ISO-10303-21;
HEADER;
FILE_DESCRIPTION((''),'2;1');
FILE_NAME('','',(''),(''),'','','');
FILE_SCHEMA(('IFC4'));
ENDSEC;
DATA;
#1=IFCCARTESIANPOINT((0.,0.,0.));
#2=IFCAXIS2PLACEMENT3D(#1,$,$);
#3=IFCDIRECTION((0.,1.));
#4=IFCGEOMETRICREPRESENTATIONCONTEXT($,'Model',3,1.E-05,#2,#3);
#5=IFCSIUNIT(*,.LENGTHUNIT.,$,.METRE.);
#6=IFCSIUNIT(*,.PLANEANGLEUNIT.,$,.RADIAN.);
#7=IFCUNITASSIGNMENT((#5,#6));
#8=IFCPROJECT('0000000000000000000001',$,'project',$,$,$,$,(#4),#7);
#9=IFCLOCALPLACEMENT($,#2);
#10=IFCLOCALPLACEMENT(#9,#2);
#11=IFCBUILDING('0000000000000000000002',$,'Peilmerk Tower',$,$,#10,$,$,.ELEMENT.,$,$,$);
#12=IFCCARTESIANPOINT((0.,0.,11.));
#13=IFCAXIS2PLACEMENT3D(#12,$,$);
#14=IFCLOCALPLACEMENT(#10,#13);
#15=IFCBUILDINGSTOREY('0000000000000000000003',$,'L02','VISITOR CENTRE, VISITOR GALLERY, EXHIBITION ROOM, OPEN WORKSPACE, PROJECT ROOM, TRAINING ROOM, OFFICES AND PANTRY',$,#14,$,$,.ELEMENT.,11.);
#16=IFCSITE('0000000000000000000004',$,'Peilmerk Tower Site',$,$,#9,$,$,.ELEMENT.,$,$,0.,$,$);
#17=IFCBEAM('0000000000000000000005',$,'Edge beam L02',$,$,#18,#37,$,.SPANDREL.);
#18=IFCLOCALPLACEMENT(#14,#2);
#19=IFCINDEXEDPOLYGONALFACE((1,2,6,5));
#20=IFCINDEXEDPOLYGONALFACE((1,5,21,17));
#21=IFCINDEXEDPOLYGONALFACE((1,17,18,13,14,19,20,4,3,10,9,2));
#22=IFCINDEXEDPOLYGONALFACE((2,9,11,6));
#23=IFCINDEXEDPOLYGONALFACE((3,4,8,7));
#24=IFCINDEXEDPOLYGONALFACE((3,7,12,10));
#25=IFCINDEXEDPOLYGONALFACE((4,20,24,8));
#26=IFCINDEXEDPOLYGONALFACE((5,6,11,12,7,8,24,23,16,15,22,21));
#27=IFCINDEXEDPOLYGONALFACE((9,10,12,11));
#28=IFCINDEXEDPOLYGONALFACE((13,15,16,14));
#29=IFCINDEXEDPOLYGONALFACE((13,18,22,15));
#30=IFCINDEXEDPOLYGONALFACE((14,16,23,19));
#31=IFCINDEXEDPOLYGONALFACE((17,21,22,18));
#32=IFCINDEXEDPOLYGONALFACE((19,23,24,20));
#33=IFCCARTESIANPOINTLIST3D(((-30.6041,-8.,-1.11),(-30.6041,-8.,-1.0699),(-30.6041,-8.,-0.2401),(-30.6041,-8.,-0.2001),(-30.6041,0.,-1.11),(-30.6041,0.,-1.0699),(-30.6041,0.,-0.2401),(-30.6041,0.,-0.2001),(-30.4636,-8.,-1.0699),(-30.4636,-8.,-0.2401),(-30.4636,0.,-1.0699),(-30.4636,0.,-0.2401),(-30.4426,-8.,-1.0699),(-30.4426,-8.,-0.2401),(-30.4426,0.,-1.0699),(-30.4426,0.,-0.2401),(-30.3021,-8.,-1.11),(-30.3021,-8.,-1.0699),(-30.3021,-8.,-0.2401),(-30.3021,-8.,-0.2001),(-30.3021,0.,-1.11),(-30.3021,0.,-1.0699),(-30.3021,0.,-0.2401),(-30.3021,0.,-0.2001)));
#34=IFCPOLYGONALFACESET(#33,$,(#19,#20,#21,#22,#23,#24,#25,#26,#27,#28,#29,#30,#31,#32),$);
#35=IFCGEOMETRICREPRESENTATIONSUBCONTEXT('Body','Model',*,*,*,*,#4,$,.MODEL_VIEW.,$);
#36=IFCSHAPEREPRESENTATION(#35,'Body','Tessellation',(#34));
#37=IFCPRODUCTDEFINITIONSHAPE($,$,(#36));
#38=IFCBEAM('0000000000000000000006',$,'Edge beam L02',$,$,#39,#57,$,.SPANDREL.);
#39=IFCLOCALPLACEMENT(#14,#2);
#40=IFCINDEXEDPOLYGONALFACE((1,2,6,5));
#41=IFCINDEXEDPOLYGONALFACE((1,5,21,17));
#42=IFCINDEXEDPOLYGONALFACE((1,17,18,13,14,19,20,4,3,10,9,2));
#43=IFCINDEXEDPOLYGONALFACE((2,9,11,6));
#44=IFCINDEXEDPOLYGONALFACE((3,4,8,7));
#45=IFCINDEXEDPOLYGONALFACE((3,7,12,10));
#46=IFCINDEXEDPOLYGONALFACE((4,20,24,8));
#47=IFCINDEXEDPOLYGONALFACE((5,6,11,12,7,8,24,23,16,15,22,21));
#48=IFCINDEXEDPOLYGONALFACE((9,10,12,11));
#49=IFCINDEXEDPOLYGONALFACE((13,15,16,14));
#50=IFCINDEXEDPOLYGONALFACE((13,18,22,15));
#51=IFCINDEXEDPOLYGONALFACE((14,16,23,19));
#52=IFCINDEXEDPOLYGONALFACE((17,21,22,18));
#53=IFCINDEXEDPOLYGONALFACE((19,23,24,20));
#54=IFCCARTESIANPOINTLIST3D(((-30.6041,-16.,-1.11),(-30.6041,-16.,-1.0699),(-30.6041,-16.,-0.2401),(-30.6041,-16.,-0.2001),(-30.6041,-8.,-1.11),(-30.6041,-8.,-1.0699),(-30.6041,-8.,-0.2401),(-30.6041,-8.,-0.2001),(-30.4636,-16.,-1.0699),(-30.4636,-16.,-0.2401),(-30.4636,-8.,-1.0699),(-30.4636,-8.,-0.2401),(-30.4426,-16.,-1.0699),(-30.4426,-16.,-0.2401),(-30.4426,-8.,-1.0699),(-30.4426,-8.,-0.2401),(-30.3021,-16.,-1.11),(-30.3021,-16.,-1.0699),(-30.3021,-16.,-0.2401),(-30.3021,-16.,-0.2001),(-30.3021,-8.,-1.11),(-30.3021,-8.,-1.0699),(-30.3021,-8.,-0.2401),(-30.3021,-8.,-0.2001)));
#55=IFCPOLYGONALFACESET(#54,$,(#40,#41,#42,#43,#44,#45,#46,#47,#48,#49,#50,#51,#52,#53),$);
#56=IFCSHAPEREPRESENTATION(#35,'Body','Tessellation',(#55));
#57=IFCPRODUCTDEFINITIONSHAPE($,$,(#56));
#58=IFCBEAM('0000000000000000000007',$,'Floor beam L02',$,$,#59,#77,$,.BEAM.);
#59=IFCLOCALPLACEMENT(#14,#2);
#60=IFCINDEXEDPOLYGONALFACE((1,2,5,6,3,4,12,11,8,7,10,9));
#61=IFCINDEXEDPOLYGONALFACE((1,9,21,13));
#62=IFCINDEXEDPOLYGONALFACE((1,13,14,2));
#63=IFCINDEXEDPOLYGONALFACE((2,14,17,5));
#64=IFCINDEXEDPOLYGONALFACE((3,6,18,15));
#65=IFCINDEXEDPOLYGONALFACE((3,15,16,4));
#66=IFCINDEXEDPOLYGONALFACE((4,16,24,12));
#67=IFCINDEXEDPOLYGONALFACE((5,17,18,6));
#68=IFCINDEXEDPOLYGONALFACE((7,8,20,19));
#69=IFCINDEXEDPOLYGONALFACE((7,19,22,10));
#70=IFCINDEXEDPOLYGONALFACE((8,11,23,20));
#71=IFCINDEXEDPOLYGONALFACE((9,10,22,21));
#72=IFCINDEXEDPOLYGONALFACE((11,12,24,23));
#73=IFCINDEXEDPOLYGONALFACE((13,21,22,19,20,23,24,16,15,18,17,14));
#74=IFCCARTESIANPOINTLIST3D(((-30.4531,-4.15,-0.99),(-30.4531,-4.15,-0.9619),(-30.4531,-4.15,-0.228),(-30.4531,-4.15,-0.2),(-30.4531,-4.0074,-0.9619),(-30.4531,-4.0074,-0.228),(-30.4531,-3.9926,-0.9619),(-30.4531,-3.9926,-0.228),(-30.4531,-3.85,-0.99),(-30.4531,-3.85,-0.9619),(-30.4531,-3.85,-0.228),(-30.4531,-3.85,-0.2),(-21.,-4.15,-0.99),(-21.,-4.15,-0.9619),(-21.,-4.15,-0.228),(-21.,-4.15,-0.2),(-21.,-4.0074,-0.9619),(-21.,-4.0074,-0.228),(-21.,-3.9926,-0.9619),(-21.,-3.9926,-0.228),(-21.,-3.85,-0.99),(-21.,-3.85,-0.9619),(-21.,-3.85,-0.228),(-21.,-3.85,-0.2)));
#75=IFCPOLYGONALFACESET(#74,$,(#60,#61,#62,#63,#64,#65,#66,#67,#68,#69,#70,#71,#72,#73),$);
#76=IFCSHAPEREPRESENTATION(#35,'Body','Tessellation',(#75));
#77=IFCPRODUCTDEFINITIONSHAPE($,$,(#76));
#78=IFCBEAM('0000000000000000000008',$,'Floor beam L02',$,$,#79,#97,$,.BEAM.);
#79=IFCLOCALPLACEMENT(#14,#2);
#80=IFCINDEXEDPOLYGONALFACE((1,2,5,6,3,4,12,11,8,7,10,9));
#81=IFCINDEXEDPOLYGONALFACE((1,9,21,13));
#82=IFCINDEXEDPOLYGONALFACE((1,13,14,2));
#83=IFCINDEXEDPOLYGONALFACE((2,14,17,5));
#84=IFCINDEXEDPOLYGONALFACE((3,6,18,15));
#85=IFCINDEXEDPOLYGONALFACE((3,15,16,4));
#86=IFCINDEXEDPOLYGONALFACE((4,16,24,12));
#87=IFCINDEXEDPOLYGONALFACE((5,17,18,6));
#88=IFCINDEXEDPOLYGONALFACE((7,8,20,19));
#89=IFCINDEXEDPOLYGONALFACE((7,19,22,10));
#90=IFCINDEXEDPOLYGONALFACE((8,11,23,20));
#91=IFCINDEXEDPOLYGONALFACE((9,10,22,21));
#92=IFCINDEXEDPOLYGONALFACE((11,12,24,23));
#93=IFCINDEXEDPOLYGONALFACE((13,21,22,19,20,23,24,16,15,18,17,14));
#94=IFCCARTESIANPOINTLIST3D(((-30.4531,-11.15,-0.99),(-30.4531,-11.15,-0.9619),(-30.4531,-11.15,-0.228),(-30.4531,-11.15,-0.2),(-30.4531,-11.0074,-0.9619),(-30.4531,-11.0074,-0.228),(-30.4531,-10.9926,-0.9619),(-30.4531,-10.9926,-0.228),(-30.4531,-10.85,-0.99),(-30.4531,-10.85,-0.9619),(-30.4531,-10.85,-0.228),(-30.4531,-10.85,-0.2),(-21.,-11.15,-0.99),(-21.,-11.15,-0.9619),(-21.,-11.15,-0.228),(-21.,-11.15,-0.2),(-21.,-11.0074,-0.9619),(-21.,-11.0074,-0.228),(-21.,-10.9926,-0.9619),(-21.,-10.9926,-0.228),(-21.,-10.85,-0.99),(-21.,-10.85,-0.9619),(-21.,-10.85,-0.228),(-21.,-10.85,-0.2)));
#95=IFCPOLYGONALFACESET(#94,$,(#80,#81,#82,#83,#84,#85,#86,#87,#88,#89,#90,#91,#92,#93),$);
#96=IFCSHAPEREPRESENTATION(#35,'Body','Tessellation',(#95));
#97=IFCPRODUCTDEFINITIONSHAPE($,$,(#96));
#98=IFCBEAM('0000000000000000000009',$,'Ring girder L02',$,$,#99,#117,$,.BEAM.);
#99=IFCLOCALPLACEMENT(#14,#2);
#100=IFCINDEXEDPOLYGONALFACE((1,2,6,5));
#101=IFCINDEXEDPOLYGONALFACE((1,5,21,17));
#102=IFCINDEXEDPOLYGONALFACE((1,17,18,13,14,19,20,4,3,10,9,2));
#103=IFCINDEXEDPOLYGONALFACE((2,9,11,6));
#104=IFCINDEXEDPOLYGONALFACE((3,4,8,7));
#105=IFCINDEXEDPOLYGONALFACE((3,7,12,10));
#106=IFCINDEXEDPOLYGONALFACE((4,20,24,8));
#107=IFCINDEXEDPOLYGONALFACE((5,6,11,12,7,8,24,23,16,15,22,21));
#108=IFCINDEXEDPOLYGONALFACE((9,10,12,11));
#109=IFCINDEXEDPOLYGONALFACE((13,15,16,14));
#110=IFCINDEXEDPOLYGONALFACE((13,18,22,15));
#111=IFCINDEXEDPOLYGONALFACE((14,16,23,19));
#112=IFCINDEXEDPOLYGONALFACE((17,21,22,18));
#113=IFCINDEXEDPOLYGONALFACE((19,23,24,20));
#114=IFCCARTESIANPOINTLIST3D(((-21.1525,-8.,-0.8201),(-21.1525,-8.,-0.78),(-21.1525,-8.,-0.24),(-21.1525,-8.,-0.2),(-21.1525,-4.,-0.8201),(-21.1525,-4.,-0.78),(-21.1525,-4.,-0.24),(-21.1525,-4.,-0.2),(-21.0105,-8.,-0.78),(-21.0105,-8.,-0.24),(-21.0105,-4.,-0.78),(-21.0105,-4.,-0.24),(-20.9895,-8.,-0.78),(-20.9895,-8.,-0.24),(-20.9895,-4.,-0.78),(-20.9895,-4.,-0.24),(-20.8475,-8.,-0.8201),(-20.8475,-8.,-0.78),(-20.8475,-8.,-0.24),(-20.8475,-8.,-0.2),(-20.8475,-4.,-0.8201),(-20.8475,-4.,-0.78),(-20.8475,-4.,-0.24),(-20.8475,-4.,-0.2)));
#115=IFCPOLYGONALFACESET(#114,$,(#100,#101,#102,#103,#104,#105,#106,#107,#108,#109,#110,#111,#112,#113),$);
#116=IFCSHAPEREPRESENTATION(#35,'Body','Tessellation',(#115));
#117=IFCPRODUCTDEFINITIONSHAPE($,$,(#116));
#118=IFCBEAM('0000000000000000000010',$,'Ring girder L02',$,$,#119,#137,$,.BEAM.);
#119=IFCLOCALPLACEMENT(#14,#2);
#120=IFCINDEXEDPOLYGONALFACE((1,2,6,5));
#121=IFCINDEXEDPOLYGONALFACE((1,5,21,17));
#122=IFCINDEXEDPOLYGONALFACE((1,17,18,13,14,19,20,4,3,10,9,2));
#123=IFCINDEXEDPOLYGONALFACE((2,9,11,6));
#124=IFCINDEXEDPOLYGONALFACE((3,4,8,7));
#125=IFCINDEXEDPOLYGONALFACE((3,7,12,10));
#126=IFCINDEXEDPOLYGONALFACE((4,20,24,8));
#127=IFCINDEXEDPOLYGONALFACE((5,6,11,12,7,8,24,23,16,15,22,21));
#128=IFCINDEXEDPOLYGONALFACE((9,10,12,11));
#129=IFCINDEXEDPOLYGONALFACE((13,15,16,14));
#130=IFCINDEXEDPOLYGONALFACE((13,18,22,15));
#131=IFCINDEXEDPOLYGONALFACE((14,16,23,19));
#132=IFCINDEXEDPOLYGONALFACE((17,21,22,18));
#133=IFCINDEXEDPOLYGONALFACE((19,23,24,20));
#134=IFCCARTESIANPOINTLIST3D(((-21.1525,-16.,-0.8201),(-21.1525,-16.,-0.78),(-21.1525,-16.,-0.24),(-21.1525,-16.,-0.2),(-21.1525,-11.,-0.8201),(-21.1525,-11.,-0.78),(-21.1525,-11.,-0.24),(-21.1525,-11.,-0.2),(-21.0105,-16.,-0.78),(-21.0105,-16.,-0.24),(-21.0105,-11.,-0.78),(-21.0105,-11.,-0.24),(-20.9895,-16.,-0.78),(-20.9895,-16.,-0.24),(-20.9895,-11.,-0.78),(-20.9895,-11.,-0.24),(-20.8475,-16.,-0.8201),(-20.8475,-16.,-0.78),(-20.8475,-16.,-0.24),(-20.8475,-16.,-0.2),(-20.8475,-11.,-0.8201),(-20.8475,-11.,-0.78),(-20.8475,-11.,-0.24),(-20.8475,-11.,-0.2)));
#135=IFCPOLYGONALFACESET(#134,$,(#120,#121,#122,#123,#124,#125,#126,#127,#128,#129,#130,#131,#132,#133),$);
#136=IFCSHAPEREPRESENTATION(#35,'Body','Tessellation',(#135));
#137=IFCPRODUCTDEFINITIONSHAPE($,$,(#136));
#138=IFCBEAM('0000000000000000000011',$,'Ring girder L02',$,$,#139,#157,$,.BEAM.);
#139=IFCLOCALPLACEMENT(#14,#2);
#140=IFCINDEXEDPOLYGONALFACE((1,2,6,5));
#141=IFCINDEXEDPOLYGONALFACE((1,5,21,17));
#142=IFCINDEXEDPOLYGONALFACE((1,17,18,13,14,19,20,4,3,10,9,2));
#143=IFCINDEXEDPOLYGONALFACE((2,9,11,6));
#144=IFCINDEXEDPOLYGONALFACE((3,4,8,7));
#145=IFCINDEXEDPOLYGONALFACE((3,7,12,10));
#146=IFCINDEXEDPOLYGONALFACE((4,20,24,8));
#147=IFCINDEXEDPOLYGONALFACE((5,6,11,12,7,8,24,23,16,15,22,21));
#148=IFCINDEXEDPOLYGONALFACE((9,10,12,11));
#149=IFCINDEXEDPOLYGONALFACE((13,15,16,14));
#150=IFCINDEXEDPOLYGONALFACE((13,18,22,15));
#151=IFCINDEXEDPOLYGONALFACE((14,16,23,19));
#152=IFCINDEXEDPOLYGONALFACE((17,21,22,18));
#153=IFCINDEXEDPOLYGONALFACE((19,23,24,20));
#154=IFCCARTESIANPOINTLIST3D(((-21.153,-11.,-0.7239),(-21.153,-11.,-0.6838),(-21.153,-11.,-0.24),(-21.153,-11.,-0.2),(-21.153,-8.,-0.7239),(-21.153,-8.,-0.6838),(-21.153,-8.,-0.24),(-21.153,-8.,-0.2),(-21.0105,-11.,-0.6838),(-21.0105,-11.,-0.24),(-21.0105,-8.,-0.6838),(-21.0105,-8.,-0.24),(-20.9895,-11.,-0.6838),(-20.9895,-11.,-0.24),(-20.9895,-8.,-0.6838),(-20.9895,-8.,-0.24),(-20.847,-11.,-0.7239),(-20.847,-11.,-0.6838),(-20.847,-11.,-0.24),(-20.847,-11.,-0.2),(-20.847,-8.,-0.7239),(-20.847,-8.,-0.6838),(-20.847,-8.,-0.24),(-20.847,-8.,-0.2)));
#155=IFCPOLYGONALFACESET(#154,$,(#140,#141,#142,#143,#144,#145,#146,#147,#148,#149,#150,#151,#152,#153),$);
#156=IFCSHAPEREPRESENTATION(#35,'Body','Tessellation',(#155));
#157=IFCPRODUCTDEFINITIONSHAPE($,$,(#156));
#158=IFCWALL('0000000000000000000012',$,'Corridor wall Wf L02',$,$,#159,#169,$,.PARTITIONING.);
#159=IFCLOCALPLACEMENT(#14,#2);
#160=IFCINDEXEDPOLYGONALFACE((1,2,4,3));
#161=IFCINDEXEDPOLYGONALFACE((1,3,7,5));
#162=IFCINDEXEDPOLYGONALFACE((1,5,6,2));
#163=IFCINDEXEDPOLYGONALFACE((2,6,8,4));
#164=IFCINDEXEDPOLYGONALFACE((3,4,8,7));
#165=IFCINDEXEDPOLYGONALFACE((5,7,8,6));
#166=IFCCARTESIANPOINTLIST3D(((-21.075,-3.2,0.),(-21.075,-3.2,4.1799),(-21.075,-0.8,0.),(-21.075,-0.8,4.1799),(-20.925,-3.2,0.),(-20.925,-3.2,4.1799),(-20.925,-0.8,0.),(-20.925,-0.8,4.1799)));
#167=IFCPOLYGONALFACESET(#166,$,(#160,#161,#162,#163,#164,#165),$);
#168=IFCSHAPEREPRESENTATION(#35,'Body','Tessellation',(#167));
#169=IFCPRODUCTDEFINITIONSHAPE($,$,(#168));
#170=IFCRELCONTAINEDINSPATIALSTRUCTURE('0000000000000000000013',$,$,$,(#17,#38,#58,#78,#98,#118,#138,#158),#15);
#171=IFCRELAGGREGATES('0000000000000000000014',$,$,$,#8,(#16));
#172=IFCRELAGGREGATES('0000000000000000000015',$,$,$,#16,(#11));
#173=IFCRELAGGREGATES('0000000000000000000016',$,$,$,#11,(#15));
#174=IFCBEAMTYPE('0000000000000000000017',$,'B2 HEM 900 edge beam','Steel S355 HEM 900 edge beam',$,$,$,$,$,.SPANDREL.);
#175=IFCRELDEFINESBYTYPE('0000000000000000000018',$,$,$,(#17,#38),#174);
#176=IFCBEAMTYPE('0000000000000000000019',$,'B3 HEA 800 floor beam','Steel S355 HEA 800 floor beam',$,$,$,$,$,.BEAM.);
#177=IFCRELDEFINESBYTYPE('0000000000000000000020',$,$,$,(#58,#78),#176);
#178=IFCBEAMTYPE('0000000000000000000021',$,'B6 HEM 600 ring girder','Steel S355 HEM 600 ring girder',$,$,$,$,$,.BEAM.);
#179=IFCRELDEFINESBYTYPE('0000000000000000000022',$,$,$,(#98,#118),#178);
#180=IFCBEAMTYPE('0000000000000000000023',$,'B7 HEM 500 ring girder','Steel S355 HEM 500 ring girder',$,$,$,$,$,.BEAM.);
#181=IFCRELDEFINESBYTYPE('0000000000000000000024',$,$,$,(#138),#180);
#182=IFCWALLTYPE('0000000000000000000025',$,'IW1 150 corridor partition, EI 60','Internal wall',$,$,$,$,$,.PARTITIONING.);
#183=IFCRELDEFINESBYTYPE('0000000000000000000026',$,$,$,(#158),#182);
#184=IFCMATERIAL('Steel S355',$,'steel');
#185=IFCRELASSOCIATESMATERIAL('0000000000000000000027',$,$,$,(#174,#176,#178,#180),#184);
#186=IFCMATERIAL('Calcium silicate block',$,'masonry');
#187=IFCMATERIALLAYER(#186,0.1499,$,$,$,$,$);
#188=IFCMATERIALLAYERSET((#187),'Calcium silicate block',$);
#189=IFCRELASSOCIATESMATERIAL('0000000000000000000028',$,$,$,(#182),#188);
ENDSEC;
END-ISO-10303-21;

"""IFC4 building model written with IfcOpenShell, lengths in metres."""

from ifc_helpers import new_model, si_unit, direction, frame, frame_2d, origin, origin_2d, place, context, subcontext, project, spatial, rectangle, i_section, extrude, material, layer, layer_set, material_profile, profile_set, type_object, element, save


model = new_model("IFC4")

# Units and contexts
model_context = context("Model", 3, precision=1e-05, world=origin(), true_north=direction((0.0, 1.0)))
body_context = subcontext(model_context, "Body", "Model", "MODEL_VIEW")
ifc_project = project(units=[si_unit("LENGTHUNIT", "METRE"), si_unit("PLANEANGLEUNIT", "RADIAN")], contexts=[model_context])

# Site, building, storey
site_placement = place(None, origin())
site = spatial("IfcSite", under=ifc_project, at=site_placement, Name="Peilmerk Tower Site", CompositionType="ELEMENT", RefElevation=0.0)
building_placement = place(site_placement, origin())
building = spatial("IfcBuilding", under=site, at=building_placement, Name="Peilmerk Tower", CompositionType="ELEMENT")
storey_placement = place(building_placement, frame((0.0, 0.0, 11.0)))
storey = spatial("IfcBuildingStorey", under=building, at=storey_placement, Name="L02", Description="VISITOR CENTRE, VISITOR GALLERY, EXHIBITION ROOM, OPEN WORKSPACE, PROJECT ROOM, TRAINING ROOM, OFFICES AND PANTRY", CompositionType="ELEMENT", Elevation=11.0)

# Shared definitions
ifc_material_1 = material(Name="Steel S355", Category="steel")

# Beams
ifc_material_profile_1 = material_profile(ifc_material_1, i_section(OverallWidth=0.302, OverallDepth=0.9099, WebThickness=0.021, FlangeThickness=0.04, at=origin_2d()), Name="HEM 900")
ifc_profile_set_1 = profile_set([ifc_material_profile_1], Name="Steel S355")
beam_type_1 = type_object("IfcBeamType", Name="B2 HEM 900 edge beam", Description="Steel S355 HEM 900 edge beam", PredefinedType="SPANDREL", material=ifc_profile_set_1)
for number, where, z_axis, x_axis, name in (
    (1, (-30.4531, 0.0, -0.655), (0.0, -1.0, 0.0), (1.0, 0.0, 0.0), "Edge beam L02"),
    (2, (-30.4531, -8.0, -0.655), (0.0, -1.0, 0.0), (1.0, 0.0, 0.0), "Edge beam L02"),
):
    element("IfcBeam", number, at=place(storey_placement, frame(where, z_axis=z_axis, x_axis=x_axis)), inside=storey, type_object=beam_type_1, Name=name, PredefinedType="SPANDREL", context=body_context, shape_type="SweptSolid", body=[
        extrude(i_section(OverallWidth=0.302, OverallDepth=0.9099, WebThickness=0.021, FlangeThickness=0.04, at=origin_2d()), origin(), (0.0, 0.0, 1.0), 8.0),
    ])
ifc_material_profile_2 = material_profile(ifc_material_1, i_section(OverallWidth=0.3, OverallDepth=0.79, WebThickness=0.0149, FlangeThickness=0.0281, at=origin_2d()), Name="HEA 800")
ifc_profile_set_2 = profile_set([ifc_material_profile_2], Name="Steel S355")
beam_type_2 = type_object("IfcBeamType", Name="B3 HEA 800 floor beam", Description="Steel S355 HEA 800 floor beam", PredefinedType="BEAM", material=ifc_profile_set_2)
for number, where, z_axis, x_axis, name in (
    (3, (-21.0, -4.0, -0.595), (-1.0, 0.0, 0.0), (0.0, -1.0, 0.0), "Floor beam L02"),
    (4, (-21.0, -11.0, -0.595), (-1.0, 0.0, 0.0), (0.0, -1.0, 0.0), "Floor beam L02"),
):
    element("IfcBeam", number, at=place(storey_placement, frame(where, z_axis=z_axis, x_axis=x_axis)), inside=storey, type_object=beam_type_2, Name=name, PredefinedType="BEAM", context=body_context, shape_type="SweptSolid", body=[
        extrude(i_section(OverallWidth=0.3, OverallDepth=0.79, WebThickness=0.0149, FlangeThickness=0.0281, at=origin_2d()), origin(), (0.0, 0.0, 1.0), 9.4531),
    ])
ifc_material_profile_3 = material_profile(ifc_material_1, i_section(OverallWidth=0.3049, OverallDepth=0.6201, WebThickness=0.021, FlangeThickness=0.04, at=origin_2d()), Name="HEM 600")
ifc_profile_set_3 = profile_set([ifc_material_profile_3], Name="Steel S355")
beam_type_3 = type_object("IfcBeamType", Name="B6 HEM 600 ring girder", Description="Steel S355 HEM 600 ring girder", PredefinedType="BEAM", material=ifc_profile_set_3)
beam_1_placement = place(storey_placement, frame((-21.0, -4.0, -0.51), z_axis=(0.0, -1.0, 0.0), x_axis=(1.0, 0.0, 0.0)))
element("IfcBeam", 5, at=beam_1_placement, inside=storey, type_object=beam_type_3, Name="Ring girder L02", PredefinedType="BEAM", context=body_context, shape_type="SweptSolid", body=[
    extrude(i_section(OverallWidth=0.3049, OverallDepth=0.6201, WebThickness=0.021, FlangeThickness=0.04, at=origin_2d()), origin(), (0.0, 0.0, 1.0), 4.0),
])
beam_2_placement = place(storey_placement, frame((-21.0, -11.0, -0.51), z_axis=(0.0, -1.0, 0.0), x_axis=(1.0, 0.0, 0.0)))
element("IfcBeam", 6, at=beam_2_placement, inside=storey, type_object=beam_type_3, Name="Ring girder L02", PredefinedType="BEAM", context=body_context, shape_type="SweptSolid", body=[
    extrude(i_section(OverallWidth=0.3049, OverallDepth=0.6201, WebThickness=0.021, FlangeThickness=0.04, at=origin_2d()), origin(), (0.0, 0.0, 1.0), 5.0),
])
ifc_material_profile_4 = material_profile(ifc_material_1, i_section(OverallWidth=0.3059, OverallDepth=0.5239, WebThickness=0.021, FlangeThickness=0.04, at=origin_2d()), Name="HEM 500")
ifc_profile_set_4 = profile_set([ifc_material_profile_4], Name="Steel S355")
beam_type_4 = type_object("IfcBeamType", Name="B7 HEM 500 ring girder", Description="Steel S355 HEM 500 ring girder", PredefinedType="BEAM", material=ifc_profile_set_4)
beam_3_placement = place(storey_placement, frame((-21.0, -8.0, -0.4619), z_axis=(0.0, -1.0, 0.0), x_axis=(1.0, 0.0, 0.0)))
element("IfcBeam", 7, at=beam_3_placement, inside=storey, type_object=beam_type_4, Name="Ring girder L02", PredefinedType="BEAM", context=body_context, shape_type="SweptSolid", body=[
    extrude(i_section(OverallWidth=0.3059, OverallDepth=0.5239, WebThickness=0.021, FlangeThickness=0.04, at=origin_2d()), origin(), (0.0, 0.0, 1.0), 3.0),
])

# Wall
ifc_material_2 = material(Name="Calcium silicate block", Category="masonry")
ifc_layer_1 = layer(ifc_material_2, 0.1499)
ifc_layer_set_1 = layer_set([ifc_layer_1], Name="Calcium silicate block")
wall_type_1 = type_object("IfcWallType", Name="IW1 150 corridor partition, EI 60", Description="Internal wall", PredefinedType="PARTITIONING", material=ifc_layer_set_1)
wall_1_placement = place(storey_placement, frame((-21.0, -0.8, 0.0), z_axis=(0.0, 0.0, 1.0), x_axis=(0.0, -1.0, 0.0)))
element("IfcWall", 8, at=wall_1_placement, inside=storey, type_object=wall_type_1, Name="Corridor wall Wf L02", PredefinedType="PARTITIONING", context=body_context, shape_type="SweptSolid", body=[
    extrude(rectangle(XDim=2.3999, YDim=0.1499, at=frame_2d((1.2, 0.0))), origin(), (0.0, 0.0, 1.0), 4.1799),
])

save(model, "model.ifc")
